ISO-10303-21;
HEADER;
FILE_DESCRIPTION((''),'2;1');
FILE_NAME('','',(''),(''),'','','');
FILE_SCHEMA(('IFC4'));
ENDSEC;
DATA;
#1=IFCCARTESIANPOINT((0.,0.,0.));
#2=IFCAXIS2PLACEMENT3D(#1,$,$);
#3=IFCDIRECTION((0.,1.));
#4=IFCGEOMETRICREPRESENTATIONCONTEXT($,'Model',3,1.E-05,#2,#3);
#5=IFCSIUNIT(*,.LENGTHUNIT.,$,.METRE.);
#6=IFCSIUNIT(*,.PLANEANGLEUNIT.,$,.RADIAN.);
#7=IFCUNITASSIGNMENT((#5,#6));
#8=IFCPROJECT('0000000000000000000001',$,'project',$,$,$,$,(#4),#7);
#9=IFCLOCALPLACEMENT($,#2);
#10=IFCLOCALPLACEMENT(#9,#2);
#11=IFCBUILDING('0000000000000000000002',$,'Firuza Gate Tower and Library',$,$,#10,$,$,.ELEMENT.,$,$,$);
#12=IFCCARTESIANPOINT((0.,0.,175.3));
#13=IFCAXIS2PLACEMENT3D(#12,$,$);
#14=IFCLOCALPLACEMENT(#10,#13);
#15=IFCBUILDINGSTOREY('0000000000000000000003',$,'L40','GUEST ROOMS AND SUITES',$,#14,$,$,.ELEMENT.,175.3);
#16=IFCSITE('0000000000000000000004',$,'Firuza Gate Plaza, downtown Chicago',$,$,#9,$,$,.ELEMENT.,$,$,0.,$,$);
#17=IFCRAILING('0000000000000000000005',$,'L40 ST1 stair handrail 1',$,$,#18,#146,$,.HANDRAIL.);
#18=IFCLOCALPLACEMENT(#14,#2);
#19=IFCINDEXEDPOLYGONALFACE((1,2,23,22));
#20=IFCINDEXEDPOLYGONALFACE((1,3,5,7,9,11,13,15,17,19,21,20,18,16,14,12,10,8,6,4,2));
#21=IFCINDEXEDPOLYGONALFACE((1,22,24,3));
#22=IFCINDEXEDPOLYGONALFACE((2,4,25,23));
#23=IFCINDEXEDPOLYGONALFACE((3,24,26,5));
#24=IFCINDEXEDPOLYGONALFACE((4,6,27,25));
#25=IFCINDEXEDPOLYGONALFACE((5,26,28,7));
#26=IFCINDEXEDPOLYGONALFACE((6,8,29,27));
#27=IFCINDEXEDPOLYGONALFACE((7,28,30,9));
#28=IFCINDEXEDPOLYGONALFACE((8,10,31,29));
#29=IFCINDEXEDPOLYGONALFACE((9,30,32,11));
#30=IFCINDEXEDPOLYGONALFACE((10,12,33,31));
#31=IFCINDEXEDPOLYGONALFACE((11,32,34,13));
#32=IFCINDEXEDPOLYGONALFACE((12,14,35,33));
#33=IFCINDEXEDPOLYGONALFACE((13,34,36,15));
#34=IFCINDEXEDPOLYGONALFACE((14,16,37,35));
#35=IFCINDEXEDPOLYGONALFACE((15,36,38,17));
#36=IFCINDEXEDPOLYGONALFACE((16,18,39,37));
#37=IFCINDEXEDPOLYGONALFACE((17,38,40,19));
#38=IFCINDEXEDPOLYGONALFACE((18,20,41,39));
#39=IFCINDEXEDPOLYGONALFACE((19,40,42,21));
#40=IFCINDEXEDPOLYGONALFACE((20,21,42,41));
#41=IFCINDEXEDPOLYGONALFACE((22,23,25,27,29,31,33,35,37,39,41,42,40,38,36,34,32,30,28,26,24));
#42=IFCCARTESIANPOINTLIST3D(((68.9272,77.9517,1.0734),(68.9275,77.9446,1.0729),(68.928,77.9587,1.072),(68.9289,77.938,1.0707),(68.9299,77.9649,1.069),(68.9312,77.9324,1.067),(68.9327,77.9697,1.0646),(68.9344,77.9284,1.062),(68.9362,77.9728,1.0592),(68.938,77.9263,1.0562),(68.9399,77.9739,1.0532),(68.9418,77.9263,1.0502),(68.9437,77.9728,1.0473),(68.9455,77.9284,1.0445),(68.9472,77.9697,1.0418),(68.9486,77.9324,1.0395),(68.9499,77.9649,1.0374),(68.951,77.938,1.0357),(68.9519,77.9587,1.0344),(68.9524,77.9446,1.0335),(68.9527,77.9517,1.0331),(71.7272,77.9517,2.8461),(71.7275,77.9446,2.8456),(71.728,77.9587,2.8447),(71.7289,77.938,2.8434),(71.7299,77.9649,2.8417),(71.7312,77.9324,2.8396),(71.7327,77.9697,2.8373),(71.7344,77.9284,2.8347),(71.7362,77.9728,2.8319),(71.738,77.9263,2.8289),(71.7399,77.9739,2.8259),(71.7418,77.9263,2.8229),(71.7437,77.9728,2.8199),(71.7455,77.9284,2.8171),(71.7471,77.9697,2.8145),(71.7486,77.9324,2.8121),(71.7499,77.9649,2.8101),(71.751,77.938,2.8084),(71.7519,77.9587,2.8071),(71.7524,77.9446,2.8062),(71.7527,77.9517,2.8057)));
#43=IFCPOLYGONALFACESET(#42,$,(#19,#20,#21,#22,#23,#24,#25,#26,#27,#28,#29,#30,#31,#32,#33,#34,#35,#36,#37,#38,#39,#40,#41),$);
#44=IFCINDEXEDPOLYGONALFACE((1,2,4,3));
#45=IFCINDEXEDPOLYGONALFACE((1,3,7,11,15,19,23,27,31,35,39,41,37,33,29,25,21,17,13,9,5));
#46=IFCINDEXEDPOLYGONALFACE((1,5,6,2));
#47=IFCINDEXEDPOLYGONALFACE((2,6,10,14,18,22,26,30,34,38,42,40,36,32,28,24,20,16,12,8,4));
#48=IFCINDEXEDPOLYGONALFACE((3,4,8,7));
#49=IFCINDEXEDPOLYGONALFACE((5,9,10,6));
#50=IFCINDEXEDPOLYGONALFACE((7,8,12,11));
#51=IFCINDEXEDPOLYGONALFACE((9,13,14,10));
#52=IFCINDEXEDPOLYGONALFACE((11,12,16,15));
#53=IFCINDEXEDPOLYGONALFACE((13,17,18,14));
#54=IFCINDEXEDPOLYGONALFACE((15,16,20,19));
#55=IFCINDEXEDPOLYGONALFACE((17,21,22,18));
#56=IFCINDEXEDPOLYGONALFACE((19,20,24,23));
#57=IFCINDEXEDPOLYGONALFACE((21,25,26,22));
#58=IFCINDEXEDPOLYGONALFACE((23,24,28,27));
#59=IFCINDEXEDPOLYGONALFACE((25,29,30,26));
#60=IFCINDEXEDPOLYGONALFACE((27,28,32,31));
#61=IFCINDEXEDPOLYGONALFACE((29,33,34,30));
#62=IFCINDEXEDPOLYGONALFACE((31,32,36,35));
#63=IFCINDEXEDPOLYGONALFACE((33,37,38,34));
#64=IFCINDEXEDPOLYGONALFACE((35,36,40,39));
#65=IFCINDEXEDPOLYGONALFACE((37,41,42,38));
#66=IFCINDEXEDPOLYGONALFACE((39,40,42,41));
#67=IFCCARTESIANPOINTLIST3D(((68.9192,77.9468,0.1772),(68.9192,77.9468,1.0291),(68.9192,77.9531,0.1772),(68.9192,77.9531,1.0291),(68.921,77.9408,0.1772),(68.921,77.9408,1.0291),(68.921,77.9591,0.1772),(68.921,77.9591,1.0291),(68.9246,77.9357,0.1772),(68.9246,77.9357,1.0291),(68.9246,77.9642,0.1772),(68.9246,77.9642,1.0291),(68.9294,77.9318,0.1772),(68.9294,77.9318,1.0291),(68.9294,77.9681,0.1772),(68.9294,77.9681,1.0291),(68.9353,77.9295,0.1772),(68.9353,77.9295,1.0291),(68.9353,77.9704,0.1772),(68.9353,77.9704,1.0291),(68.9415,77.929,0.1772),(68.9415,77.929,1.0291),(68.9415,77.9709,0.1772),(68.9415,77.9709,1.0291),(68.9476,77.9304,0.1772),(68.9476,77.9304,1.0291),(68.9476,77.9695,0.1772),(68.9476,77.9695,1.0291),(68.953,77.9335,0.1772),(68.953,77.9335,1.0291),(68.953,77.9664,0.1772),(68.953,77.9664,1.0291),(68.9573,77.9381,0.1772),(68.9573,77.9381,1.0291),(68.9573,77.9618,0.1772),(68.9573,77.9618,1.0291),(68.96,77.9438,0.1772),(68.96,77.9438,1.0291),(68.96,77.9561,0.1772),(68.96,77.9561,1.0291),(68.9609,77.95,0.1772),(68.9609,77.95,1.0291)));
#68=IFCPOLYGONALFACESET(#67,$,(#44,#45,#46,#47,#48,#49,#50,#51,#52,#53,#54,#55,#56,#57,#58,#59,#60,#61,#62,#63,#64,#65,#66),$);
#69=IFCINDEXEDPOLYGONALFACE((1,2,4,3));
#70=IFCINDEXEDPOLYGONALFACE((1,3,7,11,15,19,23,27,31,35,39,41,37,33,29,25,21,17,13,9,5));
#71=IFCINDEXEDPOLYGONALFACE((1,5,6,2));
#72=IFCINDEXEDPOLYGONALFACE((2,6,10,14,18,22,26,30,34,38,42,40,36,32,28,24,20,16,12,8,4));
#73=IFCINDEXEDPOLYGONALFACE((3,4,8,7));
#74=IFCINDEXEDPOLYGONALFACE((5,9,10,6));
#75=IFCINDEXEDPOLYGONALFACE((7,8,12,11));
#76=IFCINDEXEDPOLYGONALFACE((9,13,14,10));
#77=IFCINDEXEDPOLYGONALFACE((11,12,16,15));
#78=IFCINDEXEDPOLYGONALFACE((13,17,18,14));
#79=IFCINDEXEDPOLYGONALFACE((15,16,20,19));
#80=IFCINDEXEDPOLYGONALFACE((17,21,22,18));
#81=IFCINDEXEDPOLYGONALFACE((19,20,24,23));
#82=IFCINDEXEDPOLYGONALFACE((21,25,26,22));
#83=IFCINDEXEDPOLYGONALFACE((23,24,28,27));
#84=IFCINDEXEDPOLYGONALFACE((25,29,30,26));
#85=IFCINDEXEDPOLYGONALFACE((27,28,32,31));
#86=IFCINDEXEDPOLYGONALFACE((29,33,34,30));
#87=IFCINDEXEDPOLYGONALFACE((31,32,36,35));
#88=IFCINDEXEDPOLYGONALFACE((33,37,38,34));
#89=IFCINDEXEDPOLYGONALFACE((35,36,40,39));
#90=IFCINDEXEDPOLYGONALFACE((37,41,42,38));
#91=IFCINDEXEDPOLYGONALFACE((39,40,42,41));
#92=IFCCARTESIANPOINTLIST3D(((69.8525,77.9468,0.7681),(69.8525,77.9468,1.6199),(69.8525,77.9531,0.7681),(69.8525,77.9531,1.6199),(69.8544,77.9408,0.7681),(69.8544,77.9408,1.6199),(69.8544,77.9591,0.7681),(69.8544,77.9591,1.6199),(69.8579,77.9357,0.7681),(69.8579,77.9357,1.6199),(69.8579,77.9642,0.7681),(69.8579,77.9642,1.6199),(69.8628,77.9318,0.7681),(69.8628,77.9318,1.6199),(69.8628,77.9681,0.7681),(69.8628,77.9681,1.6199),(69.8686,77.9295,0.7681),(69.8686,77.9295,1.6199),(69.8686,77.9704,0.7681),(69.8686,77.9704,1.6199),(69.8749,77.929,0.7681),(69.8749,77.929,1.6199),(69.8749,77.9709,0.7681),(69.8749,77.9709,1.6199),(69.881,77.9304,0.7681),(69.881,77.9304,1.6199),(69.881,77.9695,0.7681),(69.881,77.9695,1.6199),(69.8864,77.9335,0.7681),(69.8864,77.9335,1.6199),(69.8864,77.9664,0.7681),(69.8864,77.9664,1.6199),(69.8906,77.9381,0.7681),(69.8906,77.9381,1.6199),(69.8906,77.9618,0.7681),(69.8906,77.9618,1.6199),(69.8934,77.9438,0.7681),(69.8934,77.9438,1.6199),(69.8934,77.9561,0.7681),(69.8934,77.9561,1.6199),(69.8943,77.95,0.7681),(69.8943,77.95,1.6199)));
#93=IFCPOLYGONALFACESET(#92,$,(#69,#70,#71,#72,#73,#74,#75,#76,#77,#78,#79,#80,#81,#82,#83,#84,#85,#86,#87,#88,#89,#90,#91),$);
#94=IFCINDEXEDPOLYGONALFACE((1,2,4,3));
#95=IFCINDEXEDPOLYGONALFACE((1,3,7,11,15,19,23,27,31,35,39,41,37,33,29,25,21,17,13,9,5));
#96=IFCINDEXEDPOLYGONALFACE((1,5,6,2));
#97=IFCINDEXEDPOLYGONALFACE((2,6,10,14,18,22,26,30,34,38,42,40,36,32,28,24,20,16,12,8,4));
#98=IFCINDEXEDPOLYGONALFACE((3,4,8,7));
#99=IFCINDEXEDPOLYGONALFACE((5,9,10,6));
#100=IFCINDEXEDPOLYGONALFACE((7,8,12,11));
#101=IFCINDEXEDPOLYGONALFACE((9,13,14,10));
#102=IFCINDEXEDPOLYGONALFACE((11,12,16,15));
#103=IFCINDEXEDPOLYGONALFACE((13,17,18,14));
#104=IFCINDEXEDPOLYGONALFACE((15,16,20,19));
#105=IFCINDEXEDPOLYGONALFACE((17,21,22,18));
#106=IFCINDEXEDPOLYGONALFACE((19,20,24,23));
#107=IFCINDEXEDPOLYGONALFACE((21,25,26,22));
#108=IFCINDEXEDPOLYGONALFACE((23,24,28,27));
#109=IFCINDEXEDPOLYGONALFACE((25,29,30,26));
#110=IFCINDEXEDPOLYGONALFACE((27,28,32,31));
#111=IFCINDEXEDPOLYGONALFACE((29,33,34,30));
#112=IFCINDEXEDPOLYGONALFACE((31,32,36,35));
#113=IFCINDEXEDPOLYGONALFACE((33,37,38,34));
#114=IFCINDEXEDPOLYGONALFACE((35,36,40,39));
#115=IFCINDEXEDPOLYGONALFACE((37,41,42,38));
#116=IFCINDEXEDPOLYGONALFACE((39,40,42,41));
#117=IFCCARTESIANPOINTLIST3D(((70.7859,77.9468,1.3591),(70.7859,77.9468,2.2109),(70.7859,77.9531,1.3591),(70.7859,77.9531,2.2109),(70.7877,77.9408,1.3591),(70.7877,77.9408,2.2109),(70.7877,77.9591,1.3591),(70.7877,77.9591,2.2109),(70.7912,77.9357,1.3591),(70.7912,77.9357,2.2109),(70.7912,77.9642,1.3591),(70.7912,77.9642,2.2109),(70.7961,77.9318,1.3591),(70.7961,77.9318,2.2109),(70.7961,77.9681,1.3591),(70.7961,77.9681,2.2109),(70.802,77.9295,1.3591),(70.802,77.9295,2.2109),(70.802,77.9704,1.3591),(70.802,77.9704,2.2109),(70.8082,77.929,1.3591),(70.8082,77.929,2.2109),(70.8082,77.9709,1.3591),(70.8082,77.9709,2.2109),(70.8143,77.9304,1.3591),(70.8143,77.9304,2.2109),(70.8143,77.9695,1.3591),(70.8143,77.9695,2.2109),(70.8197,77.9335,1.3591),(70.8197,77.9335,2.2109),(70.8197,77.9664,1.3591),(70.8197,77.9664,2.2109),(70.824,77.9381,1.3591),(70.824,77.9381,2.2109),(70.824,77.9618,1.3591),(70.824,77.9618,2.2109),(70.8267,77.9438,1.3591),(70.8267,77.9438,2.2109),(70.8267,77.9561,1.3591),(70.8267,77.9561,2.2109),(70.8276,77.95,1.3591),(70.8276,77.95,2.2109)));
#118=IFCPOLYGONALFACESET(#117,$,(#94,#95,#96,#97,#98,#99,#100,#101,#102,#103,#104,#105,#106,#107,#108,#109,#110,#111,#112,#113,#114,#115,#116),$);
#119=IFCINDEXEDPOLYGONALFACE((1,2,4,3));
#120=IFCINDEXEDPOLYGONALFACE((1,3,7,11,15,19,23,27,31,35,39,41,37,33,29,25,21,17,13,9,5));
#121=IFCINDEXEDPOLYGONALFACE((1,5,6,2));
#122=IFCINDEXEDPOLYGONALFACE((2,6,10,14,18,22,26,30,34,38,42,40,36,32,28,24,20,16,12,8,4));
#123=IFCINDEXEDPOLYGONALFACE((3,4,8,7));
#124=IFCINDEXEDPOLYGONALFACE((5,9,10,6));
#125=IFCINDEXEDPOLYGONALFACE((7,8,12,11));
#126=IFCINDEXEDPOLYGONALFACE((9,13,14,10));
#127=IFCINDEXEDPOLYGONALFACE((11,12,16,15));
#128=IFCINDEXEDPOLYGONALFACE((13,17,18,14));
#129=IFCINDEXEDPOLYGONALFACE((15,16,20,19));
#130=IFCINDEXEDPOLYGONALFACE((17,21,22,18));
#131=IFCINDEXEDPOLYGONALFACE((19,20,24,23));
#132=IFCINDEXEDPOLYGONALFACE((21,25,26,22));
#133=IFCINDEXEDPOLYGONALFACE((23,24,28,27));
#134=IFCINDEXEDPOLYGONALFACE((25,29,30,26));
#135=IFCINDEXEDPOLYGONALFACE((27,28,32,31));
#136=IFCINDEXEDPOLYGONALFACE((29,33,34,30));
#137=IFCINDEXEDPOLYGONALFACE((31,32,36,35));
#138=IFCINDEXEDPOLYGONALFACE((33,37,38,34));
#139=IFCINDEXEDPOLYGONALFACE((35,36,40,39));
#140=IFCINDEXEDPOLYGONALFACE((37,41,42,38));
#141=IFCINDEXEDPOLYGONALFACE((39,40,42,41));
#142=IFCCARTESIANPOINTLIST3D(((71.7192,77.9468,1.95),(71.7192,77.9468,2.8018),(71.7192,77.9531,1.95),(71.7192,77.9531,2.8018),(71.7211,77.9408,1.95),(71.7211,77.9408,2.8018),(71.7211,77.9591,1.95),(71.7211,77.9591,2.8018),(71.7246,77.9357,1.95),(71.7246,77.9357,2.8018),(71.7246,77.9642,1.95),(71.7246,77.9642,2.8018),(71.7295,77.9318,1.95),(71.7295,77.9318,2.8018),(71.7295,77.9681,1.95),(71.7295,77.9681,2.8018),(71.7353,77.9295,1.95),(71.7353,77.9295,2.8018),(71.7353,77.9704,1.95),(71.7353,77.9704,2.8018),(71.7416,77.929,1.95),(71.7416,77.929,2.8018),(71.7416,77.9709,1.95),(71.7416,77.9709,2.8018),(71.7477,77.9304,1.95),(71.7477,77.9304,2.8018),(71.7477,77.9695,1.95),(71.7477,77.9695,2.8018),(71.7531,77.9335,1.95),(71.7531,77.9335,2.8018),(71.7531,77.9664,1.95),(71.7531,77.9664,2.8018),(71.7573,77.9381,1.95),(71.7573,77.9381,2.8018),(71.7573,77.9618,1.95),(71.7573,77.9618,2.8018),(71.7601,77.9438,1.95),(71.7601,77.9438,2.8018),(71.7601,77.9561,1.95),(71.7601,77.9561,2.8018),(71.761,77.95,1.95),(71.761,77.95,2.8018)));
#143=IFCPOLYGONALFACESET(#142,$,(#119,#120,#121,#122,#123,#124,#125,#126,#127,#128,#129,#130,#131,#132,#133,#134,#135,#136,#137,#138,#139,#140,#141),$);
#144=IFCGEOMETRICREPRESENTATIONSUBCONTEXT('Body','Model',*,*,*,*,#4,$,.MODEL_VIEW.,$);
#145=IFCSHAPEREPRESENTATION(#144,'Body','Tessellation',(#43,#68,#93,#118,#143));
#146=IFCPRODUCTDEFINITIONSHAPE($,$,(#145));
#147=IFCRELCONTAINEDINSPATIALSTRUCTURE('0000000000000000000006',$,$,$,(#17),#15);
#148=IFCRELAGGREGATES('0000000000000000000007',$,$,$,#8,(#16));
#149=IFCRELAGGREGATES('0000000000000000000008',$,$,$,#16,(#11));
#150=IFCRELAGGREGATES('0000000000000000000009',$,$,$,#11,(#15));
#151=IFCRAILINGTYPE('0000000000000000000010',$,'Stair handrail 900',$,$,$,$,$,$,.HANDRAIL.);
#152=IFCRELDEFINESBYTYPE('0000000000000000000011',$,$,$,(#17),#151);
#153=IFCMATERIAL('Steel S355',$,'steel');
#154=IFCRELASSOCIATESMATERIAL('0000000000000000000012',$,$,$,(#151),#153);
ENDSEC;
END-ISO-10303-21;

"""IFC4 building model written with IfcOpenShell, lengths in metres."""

from ifc_helpers import new_model, si_unit, direction, frame, origin, origin_2d, place, context, subcontext, project, spatial, circle, extrude, material, type_object, element, save


model = new_model("IFC4")

# Units and contexts
model_context = context("Model", 3, precision=1e-05, world=origin(), true_north=direction((0.0, 1.0)))
body_context = subcontext(model_context, "Body", "Model", "MODEL_VIEW")
ifc_project = project(units=[si_unit("LENGTHUNIT", "METRE"), si_unit("PLANEANGLEUNIT", "RADIAN")], contexts=[model_context])

# Site, building, storey
site_placement = place(None, origin())
site = spatial("IfcSite", under=ifc_project, at=site_placement, Name="Firuza Gate Plaza, downtown Chicago", CompositionType="ELEMENT", RefElevation=0.0)
building_placement = place(site_placement, origin())
building = spatial("IfcBuilding", under=site, at=building_placement, Name="Firuza Gate Tower and Library", CompositionType="ELEMENT")
storey_placement = place(building_placement, frame((0.0, 0.0, 175.3)))
storey = spatial("IfcBuildingStorey", under=building, at=storey_placement, Name="L40", Description="GUEST ROOMS AND SUITES", CompositionType="ELEMENT", Elevation=175.3)

# Railing
ifc_material_1 = material(Name="Steel S355", Category="steel")
railing_type_1 = type_object("IfcRailingType", Name="Stair handrail 900", PredefinedType="HANDRAIL", material=ifc_material_1)
railing_1_placement = place(storey_placement, frame((68.9399, 77.95, 0.1772)))
element("IfcRailing", 1, at=railing_1_placement, inside=storey, type_object=railing_type_1, Name="L40 ST1 stair handrail 1", PredefinedType="HANDRAIL", context=body_context, shape_type="SweptSolid", body=[
    extrude(circle(Radius=0.0239, at=origin_2d()), frame((0.0, 0.0, 0.876), z_axis=(0.844909, 0.0, 0.53491), x_axis=(0.0, 1.0, 0.0)), (0.0, 0.0, 1.0), 3.314),
    extrude(circle(Radius=0.021, at=origin_2d()), origin(), (0.0, 0.0, 1.0), 0.8518),
    extrude(circle(Radius=0.021, at=origin_2d()), frame((0.9333, 0.0, 0.5908)), (0.0, 0.0, 1.0), 0.8518),
    extrude(circle(Radius=0.021, at=origin_2d()), frame((1.8667, 0.0, 1.1819)), (0.0, 0.0, 1.0), 0.8518),
    extrude(circle(Radius=0.021, at=origin_2d()), frame((2.8, 0.0, 1.7727)), (0.0, 0.0, 1.0), 0.8518),
])

save(model, "model.ifc")
